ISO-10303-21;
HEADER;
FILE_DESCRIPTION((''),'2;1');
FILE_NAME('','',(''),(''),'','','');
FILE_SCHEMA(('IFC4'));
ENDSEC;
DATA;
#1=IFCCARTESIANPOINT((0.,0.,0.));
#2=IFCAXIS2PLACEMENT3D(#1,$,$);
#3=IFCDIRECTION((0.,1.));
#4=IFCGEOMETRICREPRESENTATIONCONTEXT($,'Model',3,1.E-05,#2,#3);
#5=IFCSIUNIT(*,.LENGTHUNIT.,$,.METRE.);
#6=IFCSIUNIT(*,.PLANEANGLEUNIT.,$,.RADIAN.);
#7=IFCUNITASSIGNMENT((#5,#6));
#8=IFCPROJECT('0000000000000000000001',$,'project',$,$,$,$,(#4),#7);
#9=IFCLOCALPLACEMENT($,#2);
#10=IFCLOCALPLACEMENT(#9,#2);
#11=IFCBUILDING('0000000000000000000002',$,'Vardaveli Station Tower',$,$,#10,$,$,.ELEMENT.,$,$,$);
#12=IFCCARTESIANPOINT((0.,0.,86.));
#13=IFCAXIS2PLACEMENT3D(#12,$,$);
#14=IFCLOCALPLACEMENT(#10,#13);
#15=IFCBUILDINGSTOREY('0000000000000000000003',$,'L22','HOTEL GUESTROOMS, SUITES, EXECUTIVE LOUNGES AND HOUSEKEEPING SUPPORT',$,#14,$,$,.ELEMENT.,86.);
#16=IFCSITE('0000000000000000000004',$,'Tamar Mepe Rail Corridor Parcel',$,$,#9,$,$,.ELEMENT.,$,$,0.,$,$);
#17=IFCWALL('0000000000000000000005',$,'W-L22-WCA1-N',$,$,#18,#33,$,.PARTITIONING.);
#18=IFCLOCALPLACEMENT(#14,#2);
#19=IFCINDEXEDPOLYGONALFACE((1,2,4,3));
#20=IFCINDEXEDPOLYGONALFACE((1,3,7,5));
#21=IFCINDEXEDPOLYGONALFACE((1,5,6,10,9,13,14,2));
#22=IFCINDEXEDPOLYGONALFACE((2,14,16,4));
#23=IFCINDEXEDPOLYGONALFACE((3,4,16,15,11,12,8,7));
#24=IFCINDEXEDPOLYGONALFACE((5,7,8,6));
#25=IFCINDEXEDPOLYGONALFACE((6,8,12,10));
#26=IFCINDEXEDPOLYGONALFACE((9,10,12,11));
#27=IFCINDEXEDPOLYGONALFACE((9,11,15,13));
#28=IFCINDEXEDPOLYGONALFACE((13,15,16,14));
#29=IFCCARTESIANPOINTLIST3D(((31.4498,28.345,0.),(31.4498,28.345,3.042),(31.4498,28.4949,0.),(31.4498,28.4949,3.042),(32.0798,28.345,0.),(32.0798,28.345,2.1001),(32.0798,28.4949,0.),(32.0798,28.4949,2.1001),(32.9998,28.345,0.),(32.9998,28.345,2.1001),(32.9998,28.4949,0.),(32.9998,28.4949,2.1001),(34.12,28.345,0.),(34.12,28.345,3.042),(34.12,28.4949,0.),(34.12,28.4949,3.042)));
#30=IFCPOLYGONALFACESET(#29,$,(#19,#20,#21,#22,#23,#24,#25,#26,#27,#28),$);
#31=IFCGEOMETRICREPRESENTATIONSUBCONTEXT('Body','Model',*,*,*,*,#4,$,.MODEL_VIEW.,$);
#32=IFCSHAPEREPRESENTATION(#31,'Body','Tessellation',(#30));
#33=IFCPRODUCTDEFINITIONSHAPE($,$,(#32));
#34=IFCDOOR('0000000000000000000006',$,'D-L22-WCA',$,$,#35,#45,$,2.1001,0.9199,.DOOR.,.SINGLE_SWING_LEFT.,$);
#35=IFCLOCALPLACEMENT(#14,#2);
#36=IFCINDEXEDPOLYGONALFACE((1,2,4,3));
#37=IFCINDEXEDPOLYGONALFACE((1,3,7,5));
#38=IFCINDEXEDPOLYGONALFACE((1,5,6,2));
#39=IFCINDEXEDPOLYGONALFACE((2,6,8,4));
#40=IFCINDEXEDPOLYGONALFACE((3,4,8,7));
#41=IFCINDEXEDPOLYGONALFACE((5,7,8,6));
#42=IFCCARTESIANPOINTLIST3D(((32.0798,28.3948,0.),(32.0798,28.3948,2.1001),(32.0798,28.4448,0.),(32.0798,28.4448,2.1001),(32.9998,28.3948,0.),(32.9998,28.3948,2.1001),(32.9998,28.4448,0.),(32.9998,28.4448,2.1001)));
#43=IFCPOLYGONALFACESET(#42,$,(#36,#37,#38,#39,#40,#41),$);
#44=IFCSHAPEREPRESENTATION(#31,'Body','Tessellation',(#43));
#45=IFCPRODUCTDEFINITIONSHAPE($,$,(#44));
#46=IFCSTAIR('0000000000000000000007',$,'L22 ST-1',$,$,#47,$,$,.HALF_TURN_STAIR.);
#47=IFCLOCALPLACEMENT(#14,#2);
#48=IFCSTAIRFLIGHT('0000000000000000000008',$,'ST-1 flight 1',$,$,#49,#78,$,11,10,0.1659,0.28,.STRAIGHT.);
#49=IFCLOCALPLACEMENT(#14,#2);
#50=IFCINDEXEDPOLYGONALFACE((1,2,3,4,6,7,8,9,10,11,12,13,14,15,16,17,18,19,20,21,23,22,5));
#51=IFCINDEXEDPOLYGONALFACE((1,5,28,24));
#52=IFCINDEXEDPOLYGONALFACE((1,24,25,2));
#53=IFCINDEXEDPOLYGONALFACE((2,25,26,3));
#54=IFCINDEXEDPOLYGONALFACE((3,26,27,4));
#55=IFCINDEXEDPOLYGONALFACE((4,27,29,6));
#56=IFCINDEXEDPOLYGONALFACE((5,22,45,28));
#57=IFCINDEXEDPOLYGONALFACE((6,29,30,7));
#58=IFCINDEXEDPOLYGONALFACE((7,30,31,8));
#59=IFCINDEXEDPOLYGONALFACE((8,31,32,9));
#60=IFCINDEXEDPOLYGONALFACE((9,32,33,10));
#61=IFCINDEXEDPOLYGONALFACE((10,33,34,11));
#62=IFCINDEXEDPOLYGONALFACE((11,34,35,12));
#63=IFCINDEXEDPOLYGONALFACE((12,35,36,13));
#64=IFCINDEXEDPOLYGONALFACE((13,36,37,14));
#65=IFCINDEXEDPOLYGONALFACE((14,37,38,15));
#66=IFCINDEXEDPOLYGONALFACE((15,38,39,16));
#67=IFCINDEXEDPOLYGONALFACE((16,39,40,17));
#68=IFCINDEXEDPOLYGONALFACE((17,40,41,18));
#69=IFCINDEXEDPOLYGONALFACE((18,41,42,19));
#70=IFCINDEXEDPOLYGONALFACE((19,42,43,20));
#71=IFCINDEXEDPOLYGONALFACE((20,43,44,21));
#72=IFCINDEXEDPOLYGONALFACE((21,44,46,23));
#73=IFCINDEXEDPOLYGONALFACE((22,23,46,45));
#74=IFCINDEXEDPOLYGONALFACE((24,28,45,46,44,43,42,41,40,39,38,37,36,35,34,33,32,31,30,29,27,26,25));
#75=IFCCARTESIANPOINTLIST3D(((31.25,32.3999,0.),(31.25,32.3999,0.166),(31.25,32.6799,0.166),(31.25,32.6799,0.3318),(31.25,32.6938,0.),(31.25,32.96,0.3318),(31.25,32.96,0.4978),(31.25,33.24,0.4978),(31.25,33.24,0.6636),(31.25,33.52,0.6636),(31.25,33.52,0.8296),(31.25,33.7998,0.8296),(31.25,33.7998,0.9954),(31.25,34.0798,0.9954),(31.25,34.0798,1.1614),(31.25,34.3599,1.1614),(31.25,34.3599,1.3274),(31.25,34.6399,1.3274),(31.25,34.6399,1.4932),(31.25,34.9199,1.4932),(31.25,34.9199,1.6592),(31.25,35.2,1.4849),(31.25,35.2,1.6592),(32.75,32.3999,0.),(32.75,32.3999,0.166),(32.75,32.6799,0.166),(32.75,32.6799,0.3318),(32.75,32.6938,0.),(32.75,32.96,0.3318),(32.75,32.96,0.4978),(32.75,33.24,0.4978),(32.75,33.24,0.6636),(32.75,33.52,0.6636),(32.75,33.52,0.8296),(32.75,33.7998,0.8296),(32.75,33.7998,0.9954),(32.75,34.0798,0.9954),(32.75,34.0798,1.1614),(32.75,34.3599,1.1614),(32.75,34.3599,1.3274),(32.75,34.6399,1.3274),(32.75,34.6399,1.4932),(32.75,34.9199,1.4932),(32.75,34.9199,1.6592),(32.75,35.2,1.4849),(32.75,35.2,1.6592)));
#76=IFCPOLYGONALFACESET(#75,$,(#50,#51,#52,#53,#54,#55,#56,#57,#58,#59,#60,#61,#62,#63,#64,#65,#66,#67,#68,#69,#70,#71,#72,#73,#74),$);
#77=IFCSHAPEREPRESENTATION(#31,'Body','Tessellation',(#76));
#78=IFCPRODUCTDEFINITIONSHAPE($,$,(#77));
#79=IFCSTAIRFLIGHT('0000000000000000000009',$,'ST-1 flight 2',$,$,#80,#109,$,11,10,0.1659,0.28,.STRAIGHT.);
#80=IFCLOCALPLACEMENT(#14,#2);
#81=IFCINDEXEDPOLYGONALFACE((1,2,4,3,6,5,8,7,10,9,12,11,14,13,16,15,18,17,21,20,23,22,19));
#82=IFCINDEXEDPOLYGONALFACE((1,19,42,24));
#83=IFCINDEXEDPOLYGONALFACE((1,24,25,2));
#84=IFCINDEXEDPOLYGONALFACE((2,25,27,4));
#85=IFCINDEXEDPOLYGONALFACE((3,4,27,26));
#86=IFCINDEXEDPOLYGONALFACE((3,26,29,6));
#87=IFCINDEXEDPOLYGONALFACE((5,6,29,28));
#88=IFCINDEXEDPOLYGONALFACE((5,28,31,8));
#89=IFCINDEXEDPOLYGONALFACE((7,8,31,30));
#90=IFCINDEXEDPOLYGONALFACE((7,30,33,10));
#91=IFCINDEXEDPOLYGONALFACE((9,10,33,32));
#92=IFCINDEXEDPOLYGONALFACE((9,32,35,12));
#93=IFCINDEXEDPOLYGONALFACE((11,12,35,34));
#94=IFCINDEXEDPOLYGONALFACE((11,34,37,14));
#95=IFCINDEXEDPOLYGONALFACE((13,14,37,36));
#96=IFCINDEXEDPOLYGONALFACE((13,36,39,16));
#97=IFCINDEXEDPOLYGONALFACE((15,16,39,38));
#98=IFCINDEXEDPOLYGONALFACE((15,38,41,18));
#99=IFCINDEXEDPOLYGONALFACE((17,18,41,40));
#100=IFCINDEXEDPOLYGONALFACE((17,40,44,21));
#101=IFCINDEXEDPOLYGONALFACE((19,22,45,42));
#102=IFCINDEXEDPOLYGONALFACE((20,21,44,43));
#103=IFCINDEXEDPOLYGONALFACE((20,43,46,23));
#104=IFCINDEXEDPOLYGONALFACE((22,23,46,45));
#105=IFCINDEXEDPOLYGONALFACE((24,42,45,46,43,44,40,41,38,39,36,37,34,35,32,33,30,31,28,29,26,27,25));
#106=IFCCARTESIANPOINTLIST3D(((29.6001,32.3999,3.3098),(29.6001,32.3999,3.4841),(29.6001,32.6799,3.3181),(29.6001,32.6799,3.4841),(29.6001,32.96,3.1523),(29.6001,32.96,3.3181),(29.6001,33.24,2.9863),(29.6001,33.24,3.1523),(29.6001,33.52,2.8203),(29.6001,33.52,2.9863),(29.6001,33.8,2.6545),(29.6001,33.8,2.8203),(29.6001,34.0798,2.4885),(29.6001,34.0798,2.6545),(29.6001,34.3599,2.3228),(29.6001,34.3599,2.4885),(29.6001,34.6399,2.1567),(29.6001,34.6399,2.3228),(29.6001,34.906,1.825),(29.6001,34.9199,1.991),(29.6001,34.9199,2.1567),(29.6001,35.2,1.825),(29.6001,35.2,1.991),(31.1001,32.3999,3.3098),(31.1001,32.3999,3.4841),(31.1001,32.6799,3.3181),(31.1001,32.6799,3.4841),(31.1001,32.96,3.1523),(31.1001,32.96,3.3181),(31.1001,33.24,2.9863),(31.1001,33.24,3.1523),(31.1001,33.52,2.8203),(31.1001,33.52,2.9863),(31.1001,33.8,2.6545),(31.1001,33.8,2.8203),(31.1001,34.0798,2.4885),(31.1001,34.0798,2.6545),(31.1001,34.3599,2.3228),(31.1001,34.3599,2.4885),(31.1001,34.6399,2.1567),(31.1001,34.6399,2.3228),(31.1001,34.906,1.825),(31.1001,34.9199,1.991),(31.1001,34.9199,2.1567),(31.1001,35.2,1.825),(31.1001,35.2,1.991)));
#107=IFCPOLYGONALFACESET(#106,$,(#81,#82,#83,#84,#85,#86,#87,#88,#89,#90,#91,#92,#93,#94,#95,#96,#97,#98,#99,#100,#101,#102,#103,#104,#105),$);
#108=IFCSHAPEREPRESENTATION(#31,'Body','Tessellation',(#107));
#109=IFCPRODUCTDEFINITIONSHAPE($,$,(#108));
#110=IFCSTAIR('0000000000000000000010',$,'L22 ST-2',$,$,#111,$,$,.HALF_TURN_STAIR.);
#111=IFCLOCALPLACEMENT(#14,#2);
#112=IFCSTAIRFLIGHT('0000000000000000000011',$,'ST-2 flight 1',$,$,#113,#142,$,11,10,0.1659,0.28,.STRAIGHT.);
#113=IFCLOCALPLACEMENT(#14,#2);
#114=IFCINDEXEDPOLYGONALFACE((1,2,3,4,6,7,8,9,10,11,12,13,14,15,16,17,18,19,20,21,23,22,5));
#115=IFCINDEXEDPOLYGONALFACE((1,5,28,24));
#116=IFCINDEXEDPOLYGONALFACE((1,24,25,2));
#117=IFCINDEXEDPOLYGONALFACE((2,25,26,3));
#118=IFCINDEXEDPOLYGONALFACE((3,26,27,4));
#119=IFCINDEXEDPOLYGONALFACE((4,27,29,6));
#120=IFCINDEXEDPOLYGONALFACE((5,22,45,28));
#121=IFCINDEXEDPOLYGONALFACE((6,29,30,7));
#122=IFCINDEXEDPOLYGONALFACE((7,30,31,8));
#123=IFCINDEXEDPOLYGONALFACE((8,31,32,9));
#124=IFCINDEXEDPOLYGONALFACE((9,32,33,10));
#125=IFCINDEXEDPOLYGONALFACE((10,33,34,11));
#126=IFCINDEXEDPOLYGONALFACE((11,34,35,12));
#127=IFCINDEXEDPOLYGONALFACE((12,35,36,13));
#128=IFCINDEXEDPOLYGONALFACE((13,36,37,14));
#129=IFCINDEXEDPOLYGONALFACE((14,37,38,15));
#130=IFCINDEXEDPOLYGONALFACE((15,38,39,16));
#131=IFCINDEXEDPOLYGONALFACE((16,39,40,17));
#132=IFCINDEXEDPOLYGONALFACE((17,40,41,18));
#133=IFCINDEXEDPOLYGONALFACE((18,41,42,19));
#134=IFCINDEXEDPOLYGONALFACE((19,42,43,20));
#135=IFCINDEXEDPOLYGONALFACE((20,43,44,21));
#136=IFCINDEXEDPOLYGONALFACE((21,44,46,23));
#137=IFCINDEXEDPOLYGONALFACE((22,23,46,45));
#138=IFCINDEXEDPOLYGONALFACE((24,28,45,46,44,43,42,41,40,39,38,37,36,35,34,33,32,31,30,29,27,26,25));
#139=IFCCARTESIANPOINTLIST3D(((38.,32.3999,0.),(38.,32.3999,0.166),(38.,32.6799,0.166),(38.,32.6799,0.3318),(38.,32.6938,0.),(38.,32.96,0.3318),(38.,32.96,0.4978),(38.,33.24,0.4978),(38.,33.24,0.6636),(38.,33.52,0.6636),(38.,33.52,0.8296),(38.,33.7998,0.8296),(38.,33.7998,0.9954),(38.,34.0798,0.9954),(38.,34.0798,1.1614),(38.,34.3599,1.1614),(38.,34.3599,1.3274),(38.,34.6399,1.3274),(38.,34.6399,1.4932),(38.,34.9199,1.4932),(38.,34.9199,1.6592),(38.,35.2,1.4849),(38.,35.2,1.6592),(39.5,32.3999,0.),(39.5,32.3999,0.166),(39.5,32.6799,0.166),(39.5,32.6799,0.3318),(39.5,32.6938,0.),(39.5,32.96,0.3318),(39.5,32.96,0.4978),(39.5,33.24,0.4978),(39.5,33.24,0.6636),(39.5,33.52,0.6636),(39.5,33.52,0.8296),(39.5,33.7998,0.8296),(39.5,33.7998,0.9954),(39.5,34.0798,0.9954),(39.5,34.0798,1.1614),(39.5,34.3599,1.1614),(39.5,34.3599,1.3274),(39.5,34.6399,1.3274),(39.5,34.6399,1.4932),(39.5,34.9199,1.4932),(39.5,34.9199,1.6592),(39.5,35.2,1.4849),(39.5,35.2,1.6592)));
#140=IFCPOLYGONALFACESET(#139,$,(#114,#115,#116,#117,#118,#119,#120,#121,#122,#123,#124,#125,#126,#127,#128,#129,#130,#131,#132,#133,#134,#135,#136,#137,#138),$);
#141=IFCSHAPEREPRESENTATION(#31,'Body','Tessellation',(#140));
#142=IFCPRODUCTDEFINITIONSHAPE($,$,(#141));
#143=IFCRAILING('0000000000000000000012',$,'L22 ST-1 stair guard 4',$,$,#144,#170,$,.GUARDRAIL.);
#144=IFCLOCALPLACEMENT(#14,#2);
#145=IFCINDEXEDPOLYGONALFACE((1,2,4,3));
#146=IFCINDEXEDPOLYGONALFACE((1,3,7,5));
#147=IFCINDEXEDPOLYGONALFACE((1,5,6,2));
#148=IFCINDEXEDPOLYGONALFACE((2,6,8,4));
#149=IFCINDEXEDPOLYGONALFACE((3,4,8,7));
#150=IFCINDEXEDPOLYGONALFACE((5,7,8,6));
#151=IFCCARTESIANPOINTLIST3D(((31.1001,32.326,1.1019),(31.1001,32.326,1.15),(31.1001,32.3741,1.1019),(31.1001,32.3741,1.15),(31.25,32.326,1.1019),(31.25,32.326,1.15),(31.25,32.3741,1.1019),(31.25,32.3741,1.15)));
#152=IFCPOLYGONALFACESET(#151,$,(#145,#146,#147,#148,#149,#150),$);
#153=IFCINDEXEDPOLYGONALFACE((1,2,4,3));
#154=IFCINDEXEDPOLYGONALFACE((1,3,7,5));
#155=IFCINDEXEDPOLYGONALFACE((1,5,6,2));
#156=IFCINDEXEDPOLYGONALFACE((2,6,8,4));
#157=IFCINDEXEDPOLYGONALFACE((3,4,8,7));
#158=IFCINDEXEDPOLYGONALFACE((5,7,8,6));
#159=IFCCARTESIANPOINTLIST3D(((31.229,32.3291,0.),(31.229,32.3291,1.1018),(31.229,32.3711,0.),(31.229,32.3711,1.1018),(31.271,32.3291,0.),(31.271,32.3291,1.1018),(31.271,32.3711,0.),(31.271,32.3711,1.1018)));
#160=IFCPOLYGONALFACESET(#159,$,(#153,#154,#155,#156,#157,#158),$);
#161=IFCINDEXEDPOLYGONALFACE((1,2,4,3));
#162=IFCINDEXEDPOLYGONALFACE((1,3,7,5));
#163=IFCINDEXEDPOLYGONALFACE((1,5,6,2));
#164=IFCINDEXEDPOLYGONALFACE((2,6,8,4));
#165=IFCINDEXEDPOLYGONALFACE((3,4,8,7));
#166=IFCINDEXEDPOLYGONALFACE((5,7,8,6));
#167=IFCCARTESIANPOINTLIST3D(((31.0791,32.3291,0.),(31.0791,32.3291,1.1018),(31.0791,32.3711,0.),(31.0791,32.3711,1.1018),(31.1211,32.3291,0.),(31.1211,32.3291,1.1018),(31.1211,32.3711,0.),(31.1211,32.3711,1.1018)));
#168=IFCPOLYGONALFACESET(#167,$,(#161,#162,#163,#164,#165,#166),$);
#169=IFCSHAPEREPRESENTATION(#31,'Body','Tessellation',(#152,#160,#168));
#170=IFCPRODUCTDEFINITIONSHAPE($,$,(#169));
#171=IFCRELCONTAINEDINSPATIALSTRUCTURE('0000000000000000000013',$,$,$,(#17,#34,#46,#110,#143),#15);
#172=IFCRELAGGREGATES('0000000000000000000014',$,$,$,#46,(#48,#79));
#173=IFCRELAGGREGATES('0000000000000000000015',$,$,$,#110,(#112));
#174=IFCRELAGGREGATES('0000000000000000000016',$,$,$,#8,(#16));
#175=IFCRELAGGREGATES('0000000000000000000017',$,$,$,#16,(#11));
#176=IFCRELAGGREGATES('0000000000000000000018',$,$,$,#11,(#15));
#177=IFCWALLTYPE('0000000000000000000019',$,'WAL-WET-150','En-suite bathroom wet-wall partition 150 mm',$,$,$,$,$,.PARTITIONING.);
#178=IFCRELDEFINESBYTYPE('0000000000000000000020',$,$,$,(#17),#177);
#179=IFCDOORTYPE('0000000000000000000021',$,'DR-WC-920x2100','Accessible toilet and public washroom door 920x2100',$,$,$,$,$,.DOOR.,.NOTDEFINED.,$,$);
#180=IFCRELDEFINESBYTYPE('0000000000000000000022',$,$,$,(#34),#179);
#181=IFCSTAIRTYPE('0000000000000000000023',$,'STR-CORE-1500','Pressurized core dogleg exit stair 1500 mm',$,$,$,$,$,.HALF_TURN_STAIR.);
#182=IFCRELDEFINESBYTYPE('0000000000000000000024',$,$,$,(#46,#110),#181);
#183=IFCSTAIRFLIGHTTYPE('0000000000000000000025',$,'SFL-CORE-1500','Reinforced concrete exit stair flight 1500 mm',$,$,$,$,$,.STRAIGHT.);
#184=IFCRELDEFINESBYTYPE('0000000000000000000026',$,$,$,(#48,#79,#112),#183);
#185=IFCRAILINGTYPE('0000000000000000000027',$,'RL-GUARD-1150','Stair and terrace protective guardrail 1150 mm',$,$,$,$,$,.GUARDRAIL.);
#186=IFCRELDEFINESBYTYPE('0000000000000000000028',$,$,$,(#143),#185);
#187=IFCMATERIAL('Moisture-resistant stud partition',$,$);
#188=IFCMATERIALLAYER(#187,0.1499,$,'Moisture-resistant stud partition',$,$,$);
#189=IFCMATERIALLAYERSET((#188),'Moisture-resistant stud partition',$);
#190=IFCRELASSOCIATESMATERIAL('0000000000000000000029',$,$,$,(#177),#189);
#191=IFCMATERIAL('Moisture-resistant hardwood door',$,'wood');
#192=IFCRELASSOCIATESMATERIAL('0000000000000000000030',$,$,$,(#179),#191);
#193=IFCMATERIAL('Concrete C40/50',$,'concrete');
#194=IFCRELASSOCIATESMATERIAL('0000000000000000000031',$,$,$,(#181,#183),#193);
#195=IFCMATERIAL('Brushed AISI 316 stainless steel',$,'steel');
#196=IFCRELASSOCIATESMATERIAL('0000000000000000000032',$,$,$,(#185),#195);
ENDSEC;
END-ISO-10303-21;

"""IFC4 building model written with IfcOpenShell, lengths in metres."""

from ifc_helpers import new_model, si_unit, direction, frame, frame_2d, origin, origin_2d, place, context, subcontext, project, spatial, polyline, rectangle, outline, extrude, source, transform, mapped, material, layer, layer_set, type_object, element, fill, aggregate, save


model = new_model("IFC4")

# Units and contexts
model_context = context("Model", 3, precision=1e-05, world=origin(), true_north=direction((0.0, 1.0)))
body_context = subcontext(model_context, "Body", "Model", "MODEL_VIEW")
ifc_project = project(units=[si_unit("LENGTHUNIT", "METRE"), si_unit("PLANEANGLEUNIT", "RADIAN")], contexts=[model_context])

# Site, building, storey
site_placement = place(None, origin())
site = spatial("IfcSite", under=ifc_project, at=site_placement, Name="Tamar Mepe Rail Corridor Parcel", CompositionType="ELEMENT", RefElevation=0.0)
building_placement = place(site_placement, origin())
building = spatial("IfcBuilding", under=site, at=building_placement, Name="Vardaveli Station Tower", CompositionType="ELEMENT")
storey_placement = place(building_placement, frame((0.0, 0.0, 86.0)))
storey = spatial("IfcBuildingStorey", under=building, at=storey_placement, Name="L22", Description="HOTEL GUESTROOMS, SUITES, EXECUTIVE LOUNGES AND HOUSEKEEPING SUPPORT", CompositionType="ELEMENT", Elevation=86.0)

# Shared definitions
ifc_material_1 = material(Name="Concrete C40/50", Category="concrete")

# Wall, opening, door
ifc_material_2 = material(Name="Moisture-resistant stud partition")
ifc_layer_1 = layer(ifc_material_2, 0.1499, Name="Moisture-resistant stud partition")
ifc_layer_set_1 = layer_set([ifc_layer_1], Name="Moisture-resistant stud partition")
wall_type_1 = type_object("IfcWallType", Name="WAL-WET-150", Description="En-suite bathroom wet-wall partition 150 mm", PredefinedType="PARTITIONING", material=ifc_layer_set_1)
shared_shape_1 = source(origin(), body_context, "Body", "SweptSolid", [
    extrude(rectangle(XDim=2.6702, YDim=0.1499, at=frame_2d((1.335, 0.0))), origin(), (0.0, 0.0, 1.0), 3.042),
])
wall_1_placement = place(storey_placement, frame((31.45, 28.4199, 0.0), z_axis=(0.0, 0.0, 1.0), x_axis=(1.0, 0.0, 0.0)))
wall_1 = element("IfcWall", 1, at=wall_1_placement, inside=storey, type_object=wall_type_1, Name="W-L22-WCA1-N", PredefinedType="PARTITIONING", context=body_context, shape_type="MappedRepresentation", body=[
    mapped(shared_shape_1, transform((0.0, 0.0, 0.0), scale=1.0)),
])
shared_shape_2 = source(origin(), body_context, "Body", "SweptSolid", [
    extrude(rectangle(XDim=0.9199, YDim=2.1001, at=frame_2d((0.46, 1.05))), frame((0.0, 0.085, 0.0), z_axis=(0.0, -1.0, 0.0), x_axis=(1.0, 0.0, 0.0)), (0.0, 0.0, 1.0), 0.1699),
])
opening_1_placement = place(wall_1_placement, frame((0.6299, 0.0, 0.0)))
opening_1 = element("IfcOpeningElement", 2, at=opening_1_placement, cuts=wall_1, PredefinedType="OPENING", context=body_context, shape_type="MappedRepresentation", body=[
    mapped(shared_shape_2, transform((0.0, 0.0, 0.0), scale=1.0)),
])
ifc_material_3 = material(Name="Moisture-resistant hardwood door", Category="wood")
door_type_1 = type_object("IfcDoorType", Name="DR-WC-920x2100", Description="Accessible toilet and public washroom door 920x2100", OperationType="NOTDEFINED", PredefinedType="DOOR", material=ifc_material_3)
shared_shape_3 = source(origin(), body_context, "Body", "SweptSolid", [
    extrude(rectangle(XDim=0.9199, YDim=2.1001, at=frame_2d((0.46, 1.05))), frame((0.0, 0.0249, 0.0), z_axis=(0.0, -1.0, 0.0), x_axis=(1.0, 0.0, 0.0)), (0.0, 0.0, 1.0), 0.05),
])
door_1_placement = place(opening_1_placement, origin())
door_1 = element("IfcDoor", 3, at=door_1_placement, inside=storey, type_object=door_type_1, Name="D-L22-WCA", OperationType="SINGLE_SWING_LEFT", OverallHeight=2.1001, OverallWidth=0.9199, PredefinedType="DOOR", context=body_context, shape_type="MappedRepresentation", body=[
    mapped(shared_shape_3, transform((0.0, 0.0, 0.0), scale=1.0)),
])
fill(opening_1, door_1)

# Stair, stair flights
stair_type = type_object("IfcStairType", Name="STR-CORE-1500", Description="Pressurized core dogleg exit stair 1500 mm", PredefinedType="HALF_TURN_STAIR", material=ifc_material_1)
stair_1_placement = place(storey_placement, origin())
stair_1 = element("IfcStair", 4, at=stair_1_placement, inside=storey, type_object=stair_type, Name="L22 ST-1", PredefinedType="HALF_TURN_STAIR")
stair_flight_type = type_object("IfcStairFlightType", Name="SFL-CORE-1500", Description="Reinforced concrete exit stair flight 1500 mm", PredefinedType="STRAIGHT", material=ifc_material_1)
shared_shape_4 = source(origin(), body_context, "Body", "SweptSolid", [
    extrude(outline(polyline([(0.0, 0.0), (0.0, 0.166), (0.28, 0.166), (0.28, 0.3318), (0.5601, 0.3318), (0.5601, 0.4978), (0.8401, 0.4978), (0.8401, 0.6636), (1.1201, 0.6636), (1.1201, 0.8296), (1.3999, 0.8296), (1.3999, 0.9954), (1.6799, 0.9954), (1.6799, 1.1614), (1.96, 1.1614), (1.96, 1.3274), (2.24, 1.3274), (2.24, 1.4932), (2.52, 1.4932), (2.52, 1.6592), (2.8, 1.6592), (2.8, 1.825), (2.8, 1.4849), (0.2939, 0.0), (0.0, 0.0)])), frame((0.0, 0.75, 0.0), z_axis=(0.0, -1.0, 0.0), x_axis=(1.0, 0.0, 0.0)), (0.0, 0.0, 1.0), 1.5),
])
stair_flight_1_placement = place(storey_placement, frame((32.0, 32.3999, 0.0), z_axis=(0.0, 0.0, 1.0), x_axis=(0.0, 1.0, 0.0)))
stair_flight_1 = element("IfcStairFlight", 5, at=stair_flight_1_placement, type_object=stair_flight_type, Name="ST-1 flight 1", NumberOfRisers=11, NumberOfTreads=10, PredefinedType="STRAIGHT", RiserHeight=0.1659, TreadLength=0.28, context=body_context, shape_type="MappedRepresentation", body=[
    mapped(shared_shape_4, transform((0.0, 0.0, 0.0), scale=1.0)),
])
stair_flight_2_placement = place(storey_placement, frame((30.3501, 35.2, 1.825), z_axis=(0.0, 0.0, 1.0), x_axis=(0.0, -1.0, 0.0)))
stair_flight_2 = element("IfcStairFlight", 6, at=stair_flight_2_placement, type_object=stair_flight_type, Name="ST-1 flight 2", NumberOfRisers=11, NumberOfTreads=10, PredefinedType="STRAIGHT", RiserHeight=0.1659, TreadLength=0.28, context=body_context, shape_type="MappedRepresentation", body=[
    mapped(shared_shape_4, transform((0.0, 0.0, 0.0), scale=1.0)),
])
aggregate(stair_1, [stair_flight_1, stair_flight_2])

# Stair, stair flight
stair_2_placement = place(storey_placement, origin())
stair_2 = element("IfcStair", 7, at=stair_2_placement, inside=storey, type_object=stair_type, Name="L22 ST-2", PredefinedType="HALF_TURN_STAIR")
stair_flight_3_placement = place(storey_placement, frame((38.75, 32.3999, 0.0), z_axis=(0.0, 0.0, 1.0), x_axis=(0.0, 1.0, 0.0)))
stair_flight_3 = element("IfcStairFlight", 8, at=stair_flight_3_placement, type_object=stair_flight_type, Name="ST-2 flight 1", NumberOfRisers=11, NumberOfTreads=10, PredefinedType="STRAIGHT", RiserHeight=0.1659, TreadLength=0.28, context=body_context, shape_type="MappedRepresentation", body=[
    mapped(shared_shape_4, transform((0.0, 0.0, 0.0), scale=1.0)),
])
aggregate(stair_2, [stair_flight_3])

# Railing
ifc_material_4 = material(Name="Brushed AISI 316 stainless steel", Category="steel")
railing_type_1 = type_object("IfcRailingType", Name="RL-GUARD-1150", Description="Stair and terrace protective guardrail 1150 mm", PredefinedType="GUARDRAIL", material=ifc_material_4)
shared_shape_5 = source(origin(), body_context, "Body", "SweptSolid", [
    extrude(rectangle(XDim=0.0481, YDim=0.0481, at=origin_2d()), frame((0.0, 0.0, 1.126), z_axis=(-1.0, 0.0, 0.0), x_axis=(0.0, -1.0, 0.0)), (0.0, 0.0, 1.0), 0.1499),
    extrude(rectangle(XDim=0.042, YDim=0.042, at=origin_2d()), origin(), (0.0, 0.0, 1.0), 1.1018),
    extrude(rectangle(XDim=0.042, YDim=0.042, at=origin_2d()), frame((-0.1499, 0.0, 0.0)), (0.0, 0.0, 1.0), 1.1018),
])
for number, where, name in (
    (9, (31.25, 32.3501, 0.0), "L22 ST-1 stair guard 4"),
):
    element("IfcRailing", number, at=place(storey_placement, frame(where)), inside=storey, type_object=railing_type_1, Name=name, PredefinedType="GUARDRAIL", context=body_context, shape_type="MappedRepresentation", body=[
        mapped(shared_shape_5, transform((0.0, 0.0, 0.0), scale=1.0)),
    ])

save(model, "model.ifc")
